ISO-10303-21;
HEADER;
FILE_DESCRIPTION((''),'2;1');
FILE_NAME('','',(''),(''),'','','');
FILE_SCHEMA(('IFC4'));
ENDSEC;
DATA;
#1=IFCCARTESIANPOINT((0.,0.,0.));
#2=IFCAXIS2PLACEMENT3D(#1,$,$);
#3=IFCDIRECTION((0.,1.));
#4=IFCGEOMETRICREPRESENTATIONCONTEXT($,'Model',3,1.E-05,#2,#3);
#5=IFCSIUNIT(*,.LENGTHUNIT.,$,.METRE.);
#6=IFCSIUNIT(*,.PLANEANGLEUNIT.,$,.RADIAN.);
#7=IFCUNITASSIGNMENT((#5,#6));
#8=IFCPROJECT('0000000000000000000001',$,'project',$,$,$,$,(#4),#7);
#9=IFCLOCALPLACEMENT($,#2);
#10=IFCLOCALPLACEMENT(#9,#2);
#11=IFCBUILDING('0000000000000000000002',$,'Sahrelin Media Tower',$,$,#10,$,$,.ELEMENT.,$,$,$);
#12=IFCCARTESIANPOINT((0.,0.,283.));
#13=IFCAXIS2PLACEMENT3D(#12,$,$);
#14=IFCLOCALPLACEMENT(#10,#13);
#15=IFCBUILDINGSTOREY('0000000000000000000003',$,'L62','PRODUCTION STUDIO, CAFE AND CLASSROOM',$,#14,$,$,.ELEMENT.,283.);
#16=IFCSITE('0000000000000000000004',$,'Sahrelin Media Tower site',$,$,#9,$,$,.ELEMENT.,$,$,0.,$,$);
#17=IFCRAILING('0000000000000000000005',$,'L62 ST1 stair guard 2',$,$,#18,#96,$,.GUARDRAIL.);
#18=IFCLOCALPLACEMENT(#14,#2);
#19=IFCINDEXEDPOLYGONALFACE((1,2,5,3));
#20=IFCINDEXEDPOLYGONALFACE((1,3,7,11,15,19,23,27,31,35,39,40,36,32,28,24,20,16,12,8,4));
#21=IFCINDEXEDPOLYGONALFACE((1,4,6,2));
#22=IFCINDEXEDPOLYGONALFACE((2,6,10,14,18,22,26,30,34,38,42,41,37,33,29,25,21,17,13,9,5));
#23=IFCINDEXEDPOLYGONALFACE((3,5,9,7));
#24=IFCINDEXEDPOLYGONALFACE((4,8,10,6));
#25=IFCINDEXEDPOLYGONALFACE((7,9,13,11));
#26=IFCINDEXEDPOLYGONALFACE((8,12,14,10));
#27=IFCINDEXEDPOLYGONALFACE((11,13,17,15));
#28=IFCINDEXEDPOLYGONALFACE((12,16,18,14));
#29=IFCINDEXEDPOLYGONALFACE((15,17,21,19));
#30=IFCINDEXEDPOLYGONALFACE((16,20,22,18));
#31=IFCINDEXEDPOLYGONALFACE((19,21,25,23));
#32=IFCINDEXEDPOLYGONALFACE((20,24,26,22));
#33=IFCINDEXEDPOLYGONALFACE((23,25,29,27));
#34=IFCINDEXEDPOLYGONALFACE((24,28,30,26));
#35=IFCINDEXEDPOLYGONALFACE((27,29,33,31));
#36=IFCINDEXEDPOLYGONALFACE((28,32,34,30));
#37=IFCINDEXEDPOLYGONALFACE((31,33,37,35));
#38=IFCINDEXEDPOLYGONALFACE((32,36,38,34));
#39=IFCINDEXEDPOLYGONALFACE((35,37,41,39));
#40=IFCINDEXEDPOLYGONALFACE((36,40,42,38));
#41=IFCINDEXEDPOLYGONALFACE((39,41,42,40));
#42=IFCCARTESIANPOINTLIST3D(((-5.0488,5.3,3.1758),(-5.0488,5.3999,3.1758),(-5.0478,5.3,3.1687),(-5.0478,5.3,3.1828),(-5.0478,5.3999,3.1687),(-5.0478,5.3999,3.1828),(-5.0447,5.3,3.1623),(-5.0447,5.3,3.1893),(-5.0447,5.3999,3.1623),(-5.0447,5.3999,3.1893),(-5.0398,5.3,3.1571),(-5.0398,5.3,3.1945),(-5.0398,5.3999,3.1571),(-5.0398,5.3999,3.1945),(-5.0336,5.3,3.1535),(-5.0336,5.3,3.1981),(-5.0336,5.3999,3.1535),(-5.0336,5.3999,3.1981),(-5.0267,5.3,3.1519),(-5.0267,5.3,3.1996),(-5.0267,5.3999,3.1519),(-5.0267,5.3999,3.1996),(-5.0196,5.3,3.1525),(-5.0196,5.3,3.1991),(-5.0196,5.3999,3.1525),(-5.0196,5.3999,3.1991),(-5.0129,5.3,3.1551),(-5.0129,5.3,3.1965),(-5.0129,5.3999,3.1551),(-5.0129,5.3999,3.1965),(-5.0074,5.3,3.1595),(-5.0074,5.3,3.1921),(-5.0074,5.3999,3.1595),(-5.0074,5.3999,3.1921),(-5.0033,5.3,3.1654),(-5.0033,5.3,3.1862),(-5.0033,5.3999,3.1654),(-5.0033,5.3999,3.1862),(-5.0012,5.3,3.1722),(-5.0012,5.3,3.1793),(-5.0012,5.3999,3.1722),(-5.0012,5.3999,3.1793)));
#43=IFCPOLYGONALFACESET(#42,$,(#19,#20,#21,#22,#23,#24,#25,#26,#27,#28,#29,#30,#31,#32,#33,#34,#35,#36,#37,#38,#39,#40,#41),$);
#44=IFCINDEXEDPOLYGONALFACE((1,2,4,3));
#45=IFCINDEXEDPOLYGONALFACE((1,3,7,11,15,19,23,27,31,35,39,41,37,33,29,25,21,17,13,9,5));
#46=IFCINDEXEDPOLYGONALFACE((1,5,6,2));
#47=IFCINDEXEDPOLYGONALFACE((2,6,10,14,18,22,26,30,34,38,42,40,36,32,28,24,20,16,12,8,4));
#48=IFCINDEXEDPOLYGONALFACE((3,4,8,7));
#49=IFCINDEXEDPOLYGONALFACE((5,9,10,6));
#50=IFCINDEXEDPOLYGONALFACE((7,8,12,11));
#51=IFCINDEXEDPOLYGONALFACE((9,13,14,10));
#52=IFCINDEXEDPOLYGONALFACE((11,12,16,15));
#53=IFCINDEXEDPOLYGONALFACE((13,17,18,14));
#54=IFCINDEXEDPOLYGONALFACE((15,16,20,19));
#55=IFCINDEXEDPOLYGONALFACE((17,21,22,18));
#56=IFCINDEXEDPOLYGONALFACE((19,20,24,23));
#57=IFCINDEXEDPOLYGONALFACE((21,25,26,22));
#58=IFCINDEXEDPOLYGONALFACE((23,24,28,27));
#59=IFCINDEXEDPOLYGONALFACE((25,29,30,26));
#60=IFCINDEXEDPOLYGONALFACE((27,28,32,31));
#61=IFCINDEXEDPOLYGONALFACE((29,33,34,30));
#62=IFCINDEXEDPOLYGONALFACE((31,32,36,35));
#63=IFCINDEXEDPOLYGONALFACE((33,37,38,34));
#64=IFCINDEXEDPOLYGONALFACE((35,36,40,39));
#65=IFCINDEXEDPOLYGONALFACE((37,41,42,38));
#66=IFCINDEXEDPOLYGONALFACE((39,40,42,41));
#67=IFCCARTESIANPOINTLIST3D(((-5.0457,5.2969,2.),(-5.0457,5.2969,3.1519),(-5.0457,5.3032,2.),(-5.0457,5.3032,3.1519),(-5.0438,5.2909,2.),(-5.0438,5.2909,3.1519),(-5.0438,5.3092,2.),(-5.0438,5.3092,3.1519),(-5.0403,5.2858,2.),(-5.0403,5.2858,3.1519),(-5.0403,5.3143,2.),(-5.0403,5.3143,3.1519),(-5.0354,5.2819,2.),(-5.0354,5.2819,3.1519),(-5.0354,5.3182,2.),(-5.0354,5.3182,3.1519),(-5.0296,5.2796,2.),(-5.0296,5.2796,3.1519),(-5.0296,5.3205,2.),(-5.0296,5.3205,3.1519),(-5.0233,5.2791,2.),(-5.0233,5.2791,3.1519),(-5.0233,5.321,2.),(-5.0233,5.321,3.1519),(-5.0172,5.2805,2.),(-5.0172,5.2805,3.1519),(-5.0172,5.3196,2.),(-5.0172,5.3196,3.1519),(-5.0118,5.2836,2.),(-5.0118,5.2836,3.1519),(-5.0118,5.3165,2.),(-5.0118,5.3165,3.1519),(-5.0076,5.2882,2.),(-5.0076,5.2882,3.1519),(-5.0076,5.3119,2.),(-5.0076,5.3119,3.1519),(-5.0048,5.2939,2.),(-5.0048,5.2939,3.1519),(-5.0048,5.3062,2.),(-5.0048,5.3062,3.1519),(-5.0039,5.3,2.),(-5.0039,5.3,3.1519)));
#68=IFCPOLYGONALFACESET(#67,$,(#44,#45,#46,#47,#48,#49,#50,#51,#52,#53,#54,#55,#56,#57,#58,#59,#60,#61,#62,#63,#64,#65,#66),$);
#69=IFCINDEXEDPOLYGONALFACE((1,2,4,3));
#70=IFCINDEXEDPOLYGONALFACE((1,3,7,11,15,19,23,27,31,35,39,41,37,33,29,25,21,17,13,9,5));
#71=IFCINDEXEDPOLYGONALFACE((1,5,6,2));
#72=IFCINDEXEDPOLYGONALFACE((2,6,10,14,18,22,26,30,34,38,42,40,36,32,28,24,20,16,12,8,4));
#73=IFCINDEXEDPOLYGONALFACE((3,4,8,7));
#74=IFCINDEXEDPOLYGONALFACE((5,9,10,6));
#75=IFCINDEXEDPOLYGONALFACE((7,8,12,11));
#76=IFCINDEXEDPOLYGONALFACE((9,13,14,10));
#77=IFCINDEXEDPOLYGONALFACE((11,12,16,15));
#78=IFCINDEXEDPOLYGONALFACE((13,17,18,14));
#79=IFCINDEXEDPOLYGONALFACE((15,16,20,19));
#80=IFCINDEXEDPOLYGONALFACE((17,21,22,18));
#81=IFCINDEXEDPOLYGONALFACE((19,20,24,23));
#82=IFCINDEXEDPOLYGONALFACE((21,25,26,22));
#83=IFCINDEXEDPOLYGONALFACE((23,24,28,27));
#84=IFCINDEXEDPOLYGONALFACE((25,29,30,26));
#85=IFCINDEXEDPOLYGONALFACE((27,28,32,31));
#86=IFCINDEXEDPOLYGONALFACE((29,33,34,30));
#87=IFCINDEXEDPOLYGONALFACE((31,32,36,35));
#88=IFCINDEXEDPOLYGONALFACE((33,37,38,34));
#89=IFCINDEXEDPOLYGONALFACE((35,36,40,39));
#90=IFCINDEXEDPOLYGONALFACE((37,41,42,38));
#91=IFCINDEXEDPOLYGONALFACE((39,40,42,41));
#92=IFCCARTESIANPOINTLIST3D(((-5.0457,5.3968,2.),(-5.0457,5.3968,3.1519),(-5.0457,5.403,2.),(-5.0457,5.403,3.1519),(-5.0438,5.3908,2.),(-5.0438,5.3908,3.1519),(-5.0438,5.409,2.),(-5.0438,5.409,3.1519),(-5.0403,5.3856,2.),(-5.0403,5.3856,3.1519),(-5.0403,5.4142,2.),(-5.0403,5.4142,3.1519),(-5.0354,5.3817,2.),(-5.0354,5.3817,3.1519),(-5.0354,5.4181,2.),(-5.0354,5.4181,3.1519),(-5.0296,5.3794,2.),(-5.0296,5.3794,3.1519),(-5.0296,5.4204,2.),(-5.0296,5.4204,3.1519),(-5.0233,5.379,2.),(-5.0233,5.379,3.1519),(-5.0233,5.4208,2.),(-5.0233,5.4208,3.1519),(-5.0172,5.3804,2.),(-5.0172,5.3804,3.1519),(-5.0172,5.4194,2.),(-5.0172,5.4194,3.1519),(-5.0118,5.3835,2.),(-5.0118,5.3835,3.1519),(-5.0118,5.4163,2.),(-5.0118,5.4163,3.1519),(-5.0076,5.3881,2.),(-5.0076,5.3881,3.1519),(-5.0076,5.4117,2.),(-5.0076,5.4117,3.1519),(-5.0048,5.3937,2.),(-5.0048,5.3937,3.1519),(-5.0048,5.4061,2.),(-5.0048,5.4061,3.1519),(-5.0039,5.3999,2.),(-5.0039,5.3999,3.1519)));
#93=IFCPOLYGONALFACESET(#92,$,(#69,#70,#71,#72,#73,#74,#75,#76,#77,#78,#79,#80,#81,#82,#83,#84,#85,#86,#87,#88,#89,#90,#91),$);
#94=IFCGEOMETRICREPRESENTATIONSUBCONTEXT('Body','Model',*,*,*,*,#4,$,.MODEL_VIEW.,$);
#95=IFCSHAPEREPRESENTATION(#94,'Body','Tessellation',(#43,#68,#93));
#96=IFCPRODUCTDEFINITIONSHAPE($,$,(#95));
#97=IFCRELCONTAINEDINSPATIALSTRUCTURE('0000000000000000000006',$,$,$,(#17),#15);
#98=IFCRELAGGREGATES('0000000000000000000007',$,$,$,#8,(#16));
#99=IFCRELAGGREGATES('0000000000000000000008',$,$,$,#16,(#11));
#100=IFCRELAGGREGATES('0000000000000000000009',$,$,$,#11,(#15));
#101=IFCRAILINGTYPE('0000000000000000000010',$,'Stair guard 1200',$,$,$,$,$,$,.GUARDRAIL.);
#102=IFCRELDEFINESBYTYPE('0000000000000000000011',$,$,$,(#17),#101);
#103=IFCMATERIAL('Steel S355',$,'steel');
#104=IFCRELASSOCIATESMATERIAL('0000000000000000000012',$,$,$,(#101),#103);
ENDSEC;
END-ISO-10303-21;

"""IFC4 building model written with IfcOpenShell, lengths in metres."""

from ifc_helpers import new_model, si_unit, direction, frame, origin, origin_2d, place, context, subcontext, project, spatial, circle, extrude, material, type_object, element, save


model = new_model("IFC4")

# Units and contexts
model_context = context("Model", 3, precision=1e-05, world=origin(), true_north=direction((0.0, 1.0)))
body_context = subcontext(model_context, "Body", "Model", "MODEL_VIEW")
ifc_project = project(units=[si_unit("LENGTHUNIT", "METRE"), si_unit("PLANEANGLEUNIT", "RADIAN")], contexts=[model_context])

# Site, building, storey
site_placement = place(None, origin())
site = spatial("IfcSite", under=ifc_project, at=site_placement, Name="Sahrelin Media Tower site", CompositionType="ELEMENT", RefElevation=0.0)
building_placement = place(site_placement, origin())
building = spatial("IfcBuilding", under=site, at=building_placement, Name="Sahrelin Media Tower", CompositionType="ELEMENT")
storey_placement = place(building_placement, frame((0.0, 0.0, 283.0)))
storey = spatial("IfcBuildingStorey", under=building, at=storey_placement, Name="L62", Description="PRODUCTION STUDIO, CAFE AND CLASSROOM", CompositionType="ELEMENT", Elevation=283.0)

# Shared definitions
ifc_material_1 = material(Name="Steel S355", Category="steel")

# Railing
railing_type_1 = type_object("IfcRailingType", Name="Stair guard 1200", PredefinedType="GUARDRAIL", material=ifc_material_1)
railing_1_placement = place(storey_placement, frame((-5.0249, 5.3, 2.0)))
element("IfcRailing", 1, at=railing_1_placement, inside=storey, type_object=railing_type_1, Name="L62 ST1 stair guard 2", PredefinedType="GUARDRAIL", context=body_context, shape_type="SweptSolid", body=[
    extrude(circle(Radius=0.0239, at=origin_2d()), frame((0.0, 0.0, 1.1758), z_axis=(0.0, 1.0, 0.0), x_axis=(-1.0, 0.0, 0.0)), (0.0, 0.0, 1.0), 0.0999),
    extrude(circle(Radius=0.021, at=origin_2d()), origin(), (0.0, 0.0, 1.0), 1.1519),
    extrude(circle(Radius=0.021, at=origin_2d()), frame((0.0, 0.0999, 0.0)), (0.0, 0.0, 1.0), 1.1519),
])

save(model, "model.ifc")
